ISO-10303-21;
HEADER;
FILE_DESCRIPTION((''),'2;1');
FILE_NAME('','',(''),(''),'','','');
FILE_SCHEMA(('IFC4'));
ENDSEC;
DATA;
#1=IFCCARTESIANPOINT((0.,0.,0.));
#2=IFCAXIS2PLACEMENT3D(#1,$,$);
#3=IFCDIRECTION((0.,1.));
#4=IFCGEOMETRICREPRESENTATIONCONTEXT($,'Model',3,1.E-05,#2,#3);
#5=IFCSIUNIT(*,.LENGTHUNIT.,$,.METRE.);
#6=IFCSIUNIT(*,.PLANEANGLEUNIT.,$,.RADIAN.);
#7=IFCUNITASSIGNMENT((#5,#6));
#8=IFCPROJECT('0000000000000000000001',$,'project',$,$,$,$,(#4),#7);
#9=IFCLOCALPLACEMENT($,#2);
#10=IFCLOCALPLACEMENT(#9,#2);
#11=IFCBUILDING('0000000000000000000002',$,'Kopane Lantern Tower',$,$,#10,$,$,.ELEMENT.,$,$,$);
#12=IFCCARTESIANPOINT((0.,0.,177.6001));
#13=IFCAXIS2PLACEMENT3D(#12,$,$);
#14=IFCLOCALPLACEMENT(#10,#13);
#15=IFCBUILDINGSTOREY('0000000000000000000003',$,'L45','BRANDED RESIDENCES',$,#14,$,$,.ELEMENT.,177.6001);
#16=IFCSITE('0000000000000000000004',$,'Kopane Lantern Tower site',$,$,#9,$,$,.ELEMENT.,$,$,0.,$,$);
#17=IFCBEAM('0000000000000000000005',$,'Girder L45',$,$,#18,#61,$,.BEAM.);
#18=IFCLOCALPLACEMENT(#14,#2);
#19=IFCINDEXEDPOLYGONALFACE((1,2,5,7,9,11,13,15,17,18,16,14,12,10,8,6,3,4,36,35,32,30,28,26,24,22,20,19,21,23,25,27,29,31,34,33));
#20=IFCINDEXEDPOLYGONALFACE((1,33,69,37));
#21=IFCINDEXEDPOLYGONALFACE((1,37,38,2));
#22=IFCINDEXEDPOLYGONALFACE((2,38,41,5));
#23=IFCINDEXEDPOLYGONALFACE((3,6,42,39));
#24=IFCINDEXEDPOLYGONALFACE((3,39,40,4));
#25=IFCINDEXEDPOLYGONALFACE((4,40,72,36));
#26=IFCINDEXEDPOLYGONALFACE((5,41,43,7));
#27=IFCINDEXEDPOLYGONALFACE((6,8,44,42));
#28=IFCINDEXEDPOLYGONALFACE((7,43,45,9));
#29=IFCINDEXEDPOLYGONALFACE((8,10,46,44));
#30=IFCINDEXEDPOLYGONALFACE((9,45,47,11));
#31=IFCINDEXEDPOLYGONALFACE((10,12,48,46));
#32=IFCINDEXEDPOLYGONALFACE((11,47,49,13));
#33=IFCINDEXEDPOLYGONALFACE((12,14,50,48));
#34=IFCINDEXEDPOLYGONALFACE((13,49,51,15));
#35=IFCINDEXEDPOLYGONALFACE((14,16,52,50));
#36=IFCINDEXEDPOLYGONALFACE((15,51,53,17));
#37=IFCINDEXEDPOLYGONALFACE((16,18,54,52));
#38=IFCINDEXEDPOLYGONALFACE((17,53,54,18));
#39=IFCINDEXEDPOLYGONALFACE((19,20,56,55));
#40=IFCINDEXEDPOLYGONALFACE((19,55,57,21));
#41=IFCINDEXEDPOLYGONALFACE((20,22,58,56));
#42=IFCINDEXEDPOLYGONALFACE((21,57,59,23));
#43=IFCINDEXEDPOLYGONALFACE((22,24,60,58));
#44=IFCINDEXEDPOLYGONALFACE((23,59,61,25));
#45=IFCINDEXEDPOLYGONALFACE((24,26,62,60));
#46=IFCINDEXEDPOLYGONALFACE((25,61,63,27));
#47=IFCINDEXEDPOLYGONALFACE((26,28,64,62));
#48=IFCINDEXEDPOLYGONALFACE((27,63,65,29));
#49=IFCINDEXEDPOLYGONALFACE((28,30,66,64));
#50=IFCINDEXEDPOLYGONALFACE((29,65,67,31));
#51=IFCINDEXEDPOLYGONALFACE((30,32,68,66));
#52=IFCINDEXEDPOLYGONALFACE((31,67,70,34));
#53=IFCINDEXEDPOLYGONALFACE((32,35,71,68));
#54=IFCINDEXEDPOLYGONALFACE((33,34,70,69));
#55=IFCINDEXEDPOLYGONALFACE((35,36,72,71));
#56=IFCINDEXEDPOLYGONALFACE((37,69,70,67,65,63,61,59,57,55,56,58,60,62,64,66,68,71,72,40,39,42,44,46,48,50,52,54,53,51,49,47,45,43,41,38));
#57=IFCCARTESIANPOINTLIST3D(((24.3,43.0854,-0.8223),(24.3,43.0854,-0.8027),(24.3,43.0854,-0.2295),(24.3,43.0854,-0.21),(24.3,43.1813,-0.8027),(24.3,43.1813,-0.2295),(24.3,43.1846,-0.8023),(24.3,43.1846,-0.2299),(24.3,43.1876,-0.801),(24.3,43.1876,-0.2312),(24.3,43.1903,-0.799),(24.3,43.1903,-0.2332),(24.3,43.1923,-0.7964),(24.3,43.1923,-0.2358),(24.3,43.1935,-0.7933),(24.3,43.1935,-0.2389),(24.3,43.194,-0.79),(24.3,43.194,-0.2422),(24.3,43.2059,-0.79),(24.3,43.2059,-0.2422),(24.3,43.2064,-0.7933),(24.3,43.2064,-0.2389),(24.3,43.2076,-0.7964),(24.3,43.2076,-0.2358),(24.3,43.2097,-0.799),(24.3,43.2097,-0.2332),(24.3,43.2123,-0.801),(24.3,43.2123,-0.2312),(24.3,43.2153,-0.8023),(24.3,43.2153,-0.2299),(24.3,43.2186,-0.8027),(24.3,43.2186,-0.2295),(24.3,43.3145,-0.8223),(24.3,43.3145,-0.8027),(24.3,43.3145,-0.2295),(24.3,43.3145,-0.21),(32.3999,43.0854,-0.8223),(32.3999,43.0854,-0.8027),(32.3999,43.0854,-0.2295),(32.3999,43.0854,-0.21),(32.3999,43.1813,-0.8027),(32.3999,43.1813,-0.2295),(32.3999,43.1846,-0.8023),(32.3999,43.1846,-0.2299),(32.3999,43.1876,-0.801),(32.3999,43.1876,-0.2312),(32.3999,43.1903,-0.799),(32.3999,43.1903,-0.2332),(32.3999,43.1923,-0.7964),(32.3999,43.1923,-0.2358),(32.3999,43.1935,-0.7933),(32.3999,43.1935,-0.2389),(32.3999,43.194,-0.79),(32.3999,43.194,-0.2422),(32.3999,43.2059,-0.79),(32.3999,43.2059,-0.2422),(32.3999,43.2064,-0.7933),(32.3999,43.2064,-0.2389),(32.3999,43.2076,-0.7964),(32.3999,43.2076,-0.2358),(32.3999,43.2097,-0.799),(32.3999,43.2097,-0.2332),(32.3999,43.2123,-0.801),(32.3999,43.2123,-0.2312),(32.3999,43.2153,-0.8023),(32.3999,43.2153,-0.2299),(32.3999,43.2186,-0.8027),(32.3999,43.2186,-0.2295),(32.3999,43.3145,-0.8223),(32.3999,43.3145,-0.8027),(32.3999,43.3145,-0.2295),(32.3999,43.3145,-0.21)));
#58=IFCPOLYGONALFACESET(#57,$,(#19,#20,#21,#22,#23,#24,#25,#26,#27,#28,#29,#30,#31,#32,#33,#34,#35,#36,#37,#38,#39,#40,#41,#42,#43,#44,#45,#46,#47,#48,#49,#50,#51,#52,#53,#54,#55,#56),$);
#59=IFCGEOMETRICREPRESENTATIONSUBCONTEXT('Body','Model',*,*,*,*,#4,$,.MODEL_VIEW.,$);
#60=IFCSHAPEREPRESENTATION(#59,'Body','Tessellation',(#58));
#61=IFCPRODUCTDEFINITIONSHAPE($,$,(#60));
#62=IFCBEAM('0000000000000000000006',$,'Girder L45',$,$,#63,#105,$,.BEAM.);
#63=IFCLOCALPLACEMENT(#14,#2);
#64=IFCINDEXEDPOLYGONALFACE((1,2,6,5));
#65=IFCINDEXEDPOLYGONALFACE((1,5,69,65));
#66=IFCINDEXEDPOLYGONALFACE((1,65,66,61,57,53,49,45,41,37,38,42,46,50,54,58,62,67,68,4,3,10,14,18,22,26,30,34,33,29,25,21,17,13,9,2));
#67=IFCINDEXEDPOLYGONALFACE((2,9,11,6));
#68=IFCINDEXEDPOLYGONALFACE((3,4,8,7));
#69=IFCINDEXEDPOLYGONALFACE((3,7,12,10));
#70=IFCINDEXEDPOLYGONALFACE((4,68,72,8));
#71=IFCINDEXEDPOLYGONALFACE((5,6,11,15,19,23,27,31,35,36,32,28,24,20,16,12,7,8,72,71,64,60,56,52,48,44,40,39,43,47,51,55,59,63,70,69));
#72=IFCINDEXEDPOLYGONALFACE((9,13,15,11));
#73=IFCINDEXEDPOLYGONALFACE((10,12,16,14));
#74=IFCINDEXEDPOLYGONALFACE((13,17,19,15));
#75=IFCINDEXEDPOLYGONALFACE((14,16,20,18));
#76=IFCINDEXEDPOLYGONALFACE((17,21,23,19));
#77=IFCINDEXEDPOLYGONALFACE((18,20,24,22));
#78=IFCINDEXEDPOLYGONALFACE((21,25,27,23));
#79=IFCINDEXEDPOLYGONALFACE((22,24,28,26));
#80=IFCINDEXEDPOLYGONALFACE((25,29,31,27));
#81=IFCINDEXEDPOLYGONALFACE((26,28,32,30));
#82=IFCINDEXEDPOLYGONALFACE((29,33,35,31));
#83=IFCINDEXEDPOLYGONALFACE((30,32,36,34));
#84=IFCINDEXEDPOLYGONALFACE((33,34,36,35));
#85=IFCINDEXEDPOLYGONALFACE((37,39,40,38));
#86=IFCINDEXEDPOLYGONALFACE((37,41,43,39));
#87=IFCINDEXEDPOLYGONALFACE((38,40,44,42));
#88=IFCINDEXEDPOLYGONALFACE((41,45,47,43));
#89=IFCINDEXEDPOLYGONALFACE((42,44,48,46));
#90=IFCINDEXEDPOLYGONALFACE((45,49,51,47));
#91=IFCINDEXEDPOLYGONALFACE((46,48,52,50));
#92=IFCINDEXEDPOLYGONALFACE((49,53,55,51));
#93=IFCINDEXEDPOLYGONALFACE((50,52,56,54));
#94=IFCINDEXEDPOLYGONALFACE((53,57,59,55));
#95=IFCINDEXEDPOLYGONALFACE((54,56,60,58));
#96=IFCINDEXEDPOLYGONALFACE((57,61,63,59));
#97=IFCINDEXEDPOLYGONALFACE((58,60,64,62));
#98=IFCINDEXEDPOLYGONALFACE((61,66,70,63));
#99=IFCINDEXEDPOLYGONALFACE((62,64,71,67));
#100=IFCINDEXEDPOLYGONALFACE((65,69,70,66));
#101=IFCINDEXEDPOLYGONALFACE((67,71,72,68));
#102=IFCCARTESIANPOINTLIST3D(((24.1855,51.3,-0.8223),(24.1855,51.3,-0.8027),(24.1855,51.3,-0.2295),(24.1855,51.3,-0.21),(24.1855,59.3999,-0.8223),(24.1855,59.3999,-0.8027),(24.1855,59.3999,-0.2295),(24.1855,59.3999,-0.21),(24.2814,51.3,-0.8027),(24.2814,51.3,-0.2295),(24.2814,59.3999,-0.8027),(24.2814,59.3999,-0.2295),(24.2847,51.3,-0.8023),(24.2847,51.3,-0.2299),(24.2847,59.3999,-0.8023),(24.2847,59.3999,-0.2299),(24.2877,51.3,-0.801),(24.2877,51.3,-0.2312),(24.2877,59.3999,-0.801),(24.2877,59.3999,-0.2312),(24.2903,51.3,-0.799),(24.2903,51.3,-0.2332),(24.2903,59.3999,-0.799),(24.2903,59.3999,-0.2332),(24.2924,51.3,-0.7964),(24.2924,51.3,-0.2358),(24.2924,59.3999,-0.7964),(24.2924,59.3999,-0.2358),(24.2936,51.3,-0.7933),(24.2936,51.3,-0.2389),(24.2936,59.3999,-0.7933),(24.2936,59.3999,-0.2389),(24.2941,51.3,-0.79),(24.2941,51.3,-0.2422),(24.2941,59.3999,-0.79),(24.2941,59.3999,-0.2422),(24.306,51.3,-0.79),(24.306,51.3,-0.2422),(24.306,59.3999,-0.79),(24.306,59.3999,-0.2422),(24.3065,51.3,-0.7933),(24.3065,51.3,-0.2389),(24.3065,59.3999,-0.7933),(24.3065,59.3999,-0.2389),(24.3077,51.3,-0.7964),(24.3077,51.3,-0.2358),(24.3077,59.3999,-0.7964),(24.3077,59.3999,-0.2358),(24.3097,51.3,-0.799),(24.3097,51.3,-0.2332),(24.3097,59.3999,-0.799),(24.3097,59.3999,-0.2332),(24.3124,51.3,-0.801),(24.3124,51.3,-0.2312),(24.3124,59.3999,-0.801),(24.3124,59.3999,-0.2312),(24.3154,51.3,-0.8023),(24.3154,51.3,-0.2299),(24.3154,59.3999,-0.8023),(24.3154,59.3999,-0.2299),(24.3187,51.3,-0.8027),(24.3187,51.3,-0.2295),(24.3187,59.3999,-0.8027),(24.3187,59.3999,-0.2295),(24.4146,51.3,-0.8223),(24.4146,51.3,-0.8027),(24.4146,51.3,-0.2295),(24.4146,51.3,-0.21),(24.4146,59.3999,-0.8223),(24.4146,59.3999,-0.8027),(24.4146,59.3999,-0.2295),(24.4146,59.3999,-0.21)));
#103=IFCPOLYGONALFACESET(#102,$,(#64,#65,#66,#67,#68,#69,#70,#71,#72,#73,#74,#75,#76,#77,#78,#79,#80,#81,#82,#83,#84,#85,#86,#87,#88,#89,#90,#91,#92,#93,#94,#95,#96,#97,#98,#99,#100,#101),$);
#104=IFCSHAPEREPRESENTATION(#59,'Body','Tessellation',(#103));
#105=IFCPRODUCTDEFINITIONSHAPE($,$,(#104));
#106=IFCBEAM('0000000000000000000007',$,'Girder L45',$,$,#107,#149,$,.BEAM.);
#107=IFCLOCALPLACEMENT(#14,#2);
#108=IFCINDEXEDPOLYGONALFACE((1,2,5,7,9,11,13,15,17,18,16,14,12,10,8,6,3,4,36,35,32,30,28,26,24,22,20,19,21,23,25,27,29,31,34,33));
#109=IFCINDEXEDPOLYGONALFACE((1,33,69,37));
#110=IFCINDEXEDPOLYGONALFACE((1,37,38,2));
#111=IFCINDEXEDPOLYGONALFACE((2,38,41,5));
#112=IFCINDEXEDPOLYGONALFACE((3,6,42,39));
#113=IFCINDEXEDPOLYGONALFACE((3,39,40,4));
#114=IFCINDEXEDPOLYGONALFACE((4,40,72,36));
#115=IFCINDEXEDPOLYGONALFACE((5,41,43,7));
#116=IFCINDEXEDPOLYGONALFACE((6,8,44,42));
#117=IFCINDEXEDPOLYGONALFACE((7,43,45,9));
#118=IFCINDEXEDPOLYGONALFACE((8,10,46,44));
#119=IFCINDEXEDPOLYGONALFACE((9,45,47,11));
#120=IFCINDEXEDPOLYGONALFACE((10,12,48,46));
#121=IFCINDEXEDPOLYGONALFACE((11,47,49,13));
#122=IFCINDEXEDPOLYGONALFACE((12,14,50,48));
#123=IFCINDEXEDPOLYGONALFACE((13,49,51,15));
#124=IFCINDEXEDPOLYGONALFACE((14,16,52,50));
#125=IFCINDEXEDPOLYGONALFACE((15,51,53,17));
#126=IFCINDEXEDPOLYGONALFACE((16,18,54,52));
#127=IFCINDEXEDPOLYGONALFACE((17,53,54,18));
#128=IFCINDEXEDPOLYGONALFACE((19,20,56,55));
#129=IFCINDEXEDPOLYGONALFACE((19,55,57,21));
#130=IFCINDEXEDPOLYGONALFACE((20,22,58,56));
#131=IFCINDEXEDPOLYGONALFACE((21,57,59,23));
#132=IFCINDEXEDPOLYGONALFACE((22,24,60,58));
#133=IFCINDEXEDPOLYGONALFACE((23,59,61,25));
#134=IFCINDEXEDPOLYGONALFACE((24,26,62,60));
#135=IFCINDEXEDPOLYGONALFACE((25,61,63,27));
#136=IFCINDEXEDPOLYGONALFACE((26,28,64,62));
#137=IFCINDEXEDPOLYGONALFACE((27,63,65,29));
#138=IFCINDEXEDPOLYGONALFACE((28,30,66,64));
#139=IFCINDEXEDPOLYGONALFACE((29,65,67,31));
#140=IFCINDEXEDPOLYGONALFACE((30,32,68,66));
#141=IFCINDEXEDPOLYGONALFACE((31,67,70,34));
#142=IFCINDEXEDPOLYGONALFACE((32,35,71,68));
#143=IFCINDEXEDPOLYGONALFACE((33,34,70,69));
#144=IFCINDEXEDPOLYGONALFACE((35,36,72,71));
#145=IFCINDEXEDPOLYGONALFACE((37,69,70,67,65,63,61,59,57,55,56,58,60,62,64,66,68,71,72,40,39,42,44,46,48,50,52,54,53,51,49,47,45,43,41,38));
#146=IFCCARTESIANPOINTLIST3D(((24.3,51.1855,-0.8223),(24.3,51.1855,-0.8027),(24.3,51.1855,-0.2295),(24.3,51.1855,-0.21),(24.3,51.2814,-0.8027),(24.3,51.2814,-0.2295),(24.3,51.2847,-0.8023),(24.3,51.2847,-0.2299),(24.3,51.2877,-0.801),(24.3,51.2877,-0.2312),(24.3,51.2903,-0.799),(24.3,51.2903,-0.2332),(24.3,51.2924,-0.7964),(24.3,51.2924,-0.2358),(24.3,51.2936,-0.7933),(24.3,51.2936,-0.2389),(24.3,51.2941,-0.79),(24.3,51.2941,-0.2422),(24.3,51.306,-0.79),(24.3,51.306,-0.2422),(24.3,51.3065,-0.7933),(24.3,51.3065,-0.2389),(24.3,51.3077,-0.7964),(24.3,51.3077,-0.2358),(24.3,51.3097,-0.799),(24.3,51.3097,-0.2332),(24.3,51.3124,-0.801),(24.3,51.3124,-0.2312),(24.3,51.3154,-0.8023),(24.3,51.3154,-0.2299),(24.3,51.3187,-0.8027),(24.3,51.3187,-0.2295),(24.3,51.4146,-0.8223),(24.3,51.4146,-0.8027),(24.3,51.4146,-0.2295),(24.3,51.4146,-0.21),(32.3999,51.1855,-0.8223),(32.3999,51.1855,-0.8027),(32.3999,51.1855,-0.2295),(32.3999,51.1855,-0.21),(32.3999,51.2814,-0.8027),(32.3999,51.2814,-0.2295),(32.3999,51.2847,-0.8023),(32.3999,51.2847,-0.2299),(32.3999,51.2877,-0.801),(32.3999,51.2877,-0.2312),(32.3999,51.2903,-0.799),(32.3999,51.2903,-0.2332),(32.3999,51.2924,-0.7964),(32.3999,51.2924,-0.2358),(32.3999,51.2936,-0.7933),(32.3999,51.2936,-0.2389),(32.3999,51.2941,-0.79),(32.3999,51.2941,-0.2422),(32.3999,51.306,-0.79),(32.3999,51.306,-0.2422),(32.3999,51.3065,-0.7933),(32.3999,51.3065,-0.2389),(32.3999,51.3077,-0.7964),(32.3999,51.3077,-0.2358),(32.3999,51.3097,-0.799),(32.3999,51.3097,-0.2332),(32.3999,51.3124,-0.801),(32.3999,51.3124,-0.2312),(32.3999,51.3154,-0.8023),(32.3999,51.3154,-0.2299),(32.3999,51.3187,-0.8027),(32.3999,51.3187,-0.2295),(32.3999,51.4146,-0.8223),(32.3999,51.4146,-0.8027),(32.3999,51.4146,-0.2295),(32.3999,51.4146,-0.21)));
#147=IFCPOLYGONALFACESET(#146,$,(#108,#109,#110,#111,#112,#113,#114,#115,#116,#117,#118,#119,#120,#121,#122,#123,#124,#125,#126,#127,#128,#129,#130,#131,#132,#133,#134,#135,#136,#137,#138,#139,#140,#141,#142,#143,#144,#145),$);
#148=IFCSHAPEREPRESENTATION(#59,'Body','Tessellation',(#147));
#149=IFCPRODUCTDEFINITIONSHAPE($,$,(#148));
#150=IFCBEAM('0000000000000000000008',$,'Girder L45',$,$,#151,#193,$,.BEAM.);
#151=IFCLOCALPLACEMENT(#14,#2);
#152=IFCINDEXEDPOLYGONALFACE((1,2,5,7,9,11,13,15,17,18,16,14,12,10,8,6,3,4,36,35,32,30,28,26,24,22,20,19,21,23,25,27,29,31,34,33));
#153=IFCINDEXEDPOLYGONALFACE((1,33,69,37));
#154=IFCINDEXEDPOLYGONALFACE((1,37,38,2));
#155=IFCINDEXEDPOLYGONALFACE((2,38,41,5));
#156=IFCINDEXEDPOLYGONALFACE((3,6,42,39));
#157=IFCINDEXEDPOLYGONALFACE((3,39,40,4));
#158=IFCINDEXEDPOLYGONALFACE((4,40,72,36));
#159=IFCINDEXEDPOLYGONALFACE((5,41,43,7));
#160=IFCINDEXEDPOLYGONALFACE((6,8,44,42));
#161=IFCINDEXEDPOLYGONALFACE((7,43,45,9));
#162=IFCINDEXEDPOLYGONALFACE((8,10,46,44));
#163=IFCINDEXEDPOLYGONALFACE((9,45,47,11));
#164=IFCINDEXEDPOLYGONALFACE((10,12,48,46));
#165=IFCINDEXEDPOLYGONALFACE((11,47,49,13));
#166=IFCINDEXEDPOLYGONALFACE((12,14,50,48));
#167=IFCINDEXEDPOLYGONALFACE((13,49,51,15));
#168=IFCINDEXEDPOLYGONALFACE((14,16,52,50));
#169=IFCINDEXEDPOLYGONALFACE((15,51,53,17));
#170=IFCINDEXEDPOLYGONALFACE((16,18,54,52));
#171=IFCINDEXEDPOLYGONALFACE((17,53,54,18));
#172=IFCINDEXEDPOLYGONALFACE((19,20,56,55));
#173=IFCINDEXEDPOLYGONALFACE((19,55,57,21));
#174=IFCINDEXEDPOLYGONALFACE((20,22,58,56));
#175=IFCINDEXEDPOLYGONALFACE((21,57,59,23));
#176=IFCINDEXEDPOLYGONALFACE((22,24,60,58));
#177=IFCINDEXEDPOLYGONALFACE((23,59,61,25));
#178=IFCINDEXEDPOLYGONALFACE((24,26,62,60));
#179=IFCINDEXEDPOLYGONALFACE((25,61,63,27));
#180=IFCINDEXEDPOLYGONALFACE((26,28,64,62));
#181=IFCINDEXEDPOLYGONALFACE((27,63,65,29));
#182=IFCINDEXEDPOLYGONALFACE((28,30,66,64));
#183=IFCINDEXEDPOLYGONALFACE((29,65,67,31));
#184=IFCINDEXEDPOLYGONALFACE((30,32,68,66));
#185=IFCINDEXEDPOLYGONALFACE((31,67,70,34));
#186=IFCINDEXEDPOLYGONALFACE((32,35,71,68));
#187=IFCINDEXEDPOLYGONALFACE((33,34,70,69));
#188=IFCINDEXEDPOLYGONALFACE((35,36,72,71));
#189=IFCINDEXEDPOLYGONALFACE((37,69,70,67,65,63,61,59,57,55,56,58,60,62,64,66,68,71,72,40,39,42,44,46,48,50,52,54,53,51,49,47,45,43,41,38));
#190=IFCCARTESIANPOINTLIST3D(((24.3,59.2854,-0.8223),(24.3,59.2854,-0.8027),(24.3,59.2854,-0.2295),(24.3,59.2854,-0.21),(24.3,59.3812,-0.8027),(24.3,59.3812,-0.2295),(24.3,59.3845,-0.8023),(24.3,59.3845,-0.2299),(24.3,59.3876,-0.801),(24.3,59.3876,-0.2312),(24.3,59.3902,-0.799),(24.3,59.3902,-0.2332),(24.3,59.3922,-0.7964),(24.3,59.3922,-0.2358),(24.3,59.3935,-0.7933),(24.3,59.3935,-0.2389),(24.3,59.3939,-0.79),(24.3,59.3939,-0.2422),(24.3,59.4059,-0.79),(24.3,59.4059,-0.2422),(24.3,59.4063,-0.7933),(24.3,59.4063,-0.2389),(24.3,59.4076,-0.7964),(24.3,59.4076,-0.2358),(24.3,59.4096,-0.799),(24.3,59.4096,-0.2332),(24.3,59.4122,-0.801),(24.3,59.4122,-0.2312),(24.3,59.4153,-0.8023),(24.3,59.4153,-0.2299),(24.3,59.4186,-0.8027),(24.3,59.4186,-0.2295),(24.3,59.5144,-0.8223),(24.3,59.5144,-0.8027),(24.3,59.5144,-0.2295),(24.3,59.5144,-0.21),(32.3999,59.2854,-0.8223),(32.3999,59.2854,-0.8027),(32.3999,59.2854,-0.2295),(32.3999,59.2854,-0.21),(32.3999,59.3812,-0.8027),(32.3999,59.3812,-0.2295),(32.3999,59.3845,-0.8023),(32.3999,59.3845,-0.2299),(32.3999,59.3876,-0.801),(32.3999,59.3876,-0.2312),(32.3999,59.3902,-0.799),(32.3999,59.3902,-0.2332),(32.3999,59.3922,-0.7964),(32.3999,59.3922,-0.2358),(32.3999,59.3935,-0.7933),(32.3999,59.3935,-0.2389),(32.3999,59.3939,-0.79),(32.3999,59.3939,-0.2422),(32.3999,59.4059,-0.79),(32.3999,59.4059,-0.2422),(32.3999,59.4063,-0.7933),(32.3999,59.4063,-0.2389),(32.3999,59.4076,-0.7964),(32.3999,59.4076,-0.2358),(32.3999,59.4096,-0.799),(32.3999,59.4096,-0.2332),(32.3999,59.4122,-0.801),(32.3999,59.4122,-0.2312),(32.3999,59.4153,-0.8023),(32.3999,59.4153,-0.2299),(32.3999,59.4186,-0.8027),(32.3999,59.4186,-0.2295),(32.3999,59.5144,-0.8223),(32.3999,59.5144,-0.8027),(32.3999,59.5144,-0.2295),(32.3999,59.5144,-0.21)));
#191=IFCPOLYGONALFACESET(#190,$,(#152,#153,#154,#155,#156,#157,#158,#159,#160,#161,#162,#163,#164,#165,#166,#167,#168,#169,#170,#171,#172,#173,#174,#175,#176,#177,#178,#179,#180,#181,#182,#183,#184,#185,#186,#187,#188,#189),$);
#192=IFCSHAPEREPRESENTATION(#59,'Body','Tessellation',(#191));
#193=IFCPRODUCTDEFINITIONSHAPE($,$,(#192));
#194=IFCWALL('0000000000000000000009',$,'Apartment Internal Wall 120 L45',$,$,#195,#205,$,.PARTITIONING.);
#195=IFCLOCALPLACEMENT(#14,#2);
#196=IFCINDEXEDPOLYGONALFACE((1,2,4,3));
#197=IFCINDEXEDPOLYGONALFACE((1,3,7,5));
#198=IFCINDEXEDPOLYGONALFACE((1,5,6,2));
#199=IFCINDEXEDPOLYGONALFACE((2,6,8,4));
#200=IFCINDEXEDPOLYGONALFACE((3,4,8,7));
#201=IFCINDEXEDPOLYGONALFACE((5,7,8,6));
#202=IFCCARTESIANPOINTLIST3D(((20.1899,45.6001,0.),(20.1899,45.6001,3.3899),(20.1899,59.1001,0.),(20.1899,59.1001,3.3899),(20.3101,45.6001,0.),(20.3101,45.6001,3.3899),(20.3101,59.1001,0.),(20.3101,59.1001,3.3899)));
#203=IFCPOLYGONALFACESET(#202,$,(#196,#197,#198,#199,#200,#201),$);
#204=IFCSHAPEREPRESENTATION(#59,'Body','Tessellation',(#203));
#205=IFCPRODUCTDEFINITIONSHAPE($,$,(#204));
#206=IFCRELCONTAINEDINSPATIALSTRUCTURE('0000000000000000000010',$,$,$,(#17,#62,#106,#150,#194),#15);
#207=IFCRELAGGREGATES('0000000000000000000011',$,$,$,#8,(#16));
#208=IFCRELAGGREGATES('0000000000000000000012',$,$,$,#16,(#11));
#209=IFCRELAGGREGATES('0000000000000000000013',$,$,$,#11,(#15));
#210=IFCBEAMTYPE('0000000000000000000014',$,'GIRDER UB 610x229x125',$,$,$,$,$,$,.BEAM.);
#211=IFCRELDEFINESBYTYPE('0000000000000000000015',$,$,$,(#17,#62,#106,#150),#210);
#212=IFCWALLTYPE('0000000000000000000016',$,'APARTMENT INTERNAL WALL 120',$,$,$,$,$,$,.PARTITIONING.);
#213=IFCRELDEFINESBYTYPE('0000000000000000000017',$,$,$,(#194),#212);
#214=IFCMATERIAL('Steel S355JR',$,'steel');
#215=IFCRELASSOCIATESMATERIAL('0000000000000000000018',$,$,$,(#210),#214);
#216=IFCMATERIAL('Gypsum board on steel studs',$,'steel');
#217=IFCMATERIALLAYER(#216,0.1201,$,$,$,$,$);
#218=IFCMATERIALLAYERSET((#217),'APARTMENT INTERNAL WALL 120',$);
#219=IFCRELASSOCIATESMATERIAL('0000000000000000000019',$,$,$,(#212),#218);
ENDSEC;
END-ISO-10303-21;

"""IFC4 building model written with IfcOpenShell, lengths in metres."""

from ifc_helpers import new_model, si_unit, direction, frame, frame_2d, origin, origin_2d, place, context, subcontext, project, spatial, rectangle, i_section, extrude, material, layer, layer_set, material_profile, profile_set, type_object, element, save


model = new_model("IFC4")

# Units and contexts
model_context = context("Model", 3, precision=1e-05, world=origin(), true_north=direction((0.0, 1.0)))
body_context = subcontext(model_context, "Body", "Model", "MODEL_VIEW")
ifc_project = project(units=[si_unit("LENGTHUNIT", "METRE"), si_unit("PLANEANGLEUNIT", "RADIAN")], contexts=[model_context])

# Site, building, storey
site_placement = place(None, origin())
site = spatial("IfcSite", under=ifc_project, at=site_placement, Name="Kopane Lantern Tower site", CompositionType="ELEMENT", RefElevation=0.0)
building_placement = place(site_placement, origin())
building = spatial("IfcBuilding", under=site, at=building_placement, Name="Kopane Lantern Tower", CompositionType="ELEMENT")
storey_placement = place(building_placement, frame((0.0, 0.0, 177.6001)))
storey = spatial("IfcBuildingStorey", under=building, at=storey_placement, Name="L45", Description="BRANDED RESIDENCES", CompositionType="ELEMENT", Elevation=177.6001)

# Beams
ifc_material_1 = material(Name="Steel S355JR", Category="steel")
ifc_material_profile_1 = material_profile(ifc_material_1, i_section(OverallWidth=0.229, OverallDepth=0.6123, WebThickness=0.012, FlangeThickness=0.0195, FilletRadius=0.0127, at=origin_2d()), Name="UB 610x229x125")
ifc_profile_set_1 = profile_set([ifc_material_profile_1], Name="Steel S355JR")
beam_type = type_object("IfcBeamType", Name="GIRDER UB 610x229x125", PredefinedType="BEAM", material=ifc_profile_set_1)
for number, where, z_axis, x_axis, name in (
    (1, (24.3, 43.2, -0.5161), (1.0, 0.0, 0.0), (0.0, 1.0, 0.0), "Girder L45"),
    (2, (24.3, 51.3, -0.5161), (0.0, 1.0, 0.0), (-1.0, 0.0, 0.0), "Girder L45"),
    (3, (24.3, 51.3, -0.5161), (1.0, 0.0, 0.0), (0.0, 1.0, 0.0), "Girder L45"),
    (4, (24.3, 59.3999, -0.5161), (1.0, 0.0, 0.0), (0.0, 1.0, 0.0), "Girder L45"),
):
    element("IfcBeam", number, at=place(storey_placement, frame(where, z_axis=z_axis, x_axis=x_axis)), inside=storey, type_object=beam_type, Name=name, PredefinedType="BEAM", context=body_context, shape_type="SweptSolid", body=[
        extrude(i_section(OverallWidth=0.229, OverallDepth=0.6123, WebThickness=0.012, FlangeThickness=0.0195, FilletRadius=0.0127, at=origin_2d()), origin(), (0.0, 0.0, 1.0), 8.0999),
    ])

# Wall
ifc_material_2 = material(Name="Gypsum board on steel studs", Category="steel")
ifc_layer_1 = layer(ifc_material_2, 0.1201)
ifc_layer_set_1 = layer_set([ifc_layer_1], Name="APARTMENT INTERNAL WALL 120")
wall_type_1 = type_object("IfcWallType", Name="APARTMENT INTERNAL WALL 120", PredefinedType="PARTITIONING", material=ifc_layer_set_1)
for number, where, z_axis, x_axis, name in (
    (5, (20.25, 45.6001, 0.0), (0.0, 0.0, 1.0), (0.0, 1.0, 0.0), "Apartment Internal Wall 120 L45"),
):
    element("IfcWall", number, at=place(storey_placement, frame(where, z_axis=z_axis, x_axis=x_axis)), inside=storey, type_object=wall_type_1, Name=name, PredefinedType="PARTITIONING", context=body_context, shape_type="SweptSolid", body=[
        extrude(rectangle(XDim=13.5, YDim=0.1201, at=frame_2d((6.75, 0.0))), origin(), (0.0, 0.0, 1.0), 3.3899),
    ])

save(model, "model.ifc")
